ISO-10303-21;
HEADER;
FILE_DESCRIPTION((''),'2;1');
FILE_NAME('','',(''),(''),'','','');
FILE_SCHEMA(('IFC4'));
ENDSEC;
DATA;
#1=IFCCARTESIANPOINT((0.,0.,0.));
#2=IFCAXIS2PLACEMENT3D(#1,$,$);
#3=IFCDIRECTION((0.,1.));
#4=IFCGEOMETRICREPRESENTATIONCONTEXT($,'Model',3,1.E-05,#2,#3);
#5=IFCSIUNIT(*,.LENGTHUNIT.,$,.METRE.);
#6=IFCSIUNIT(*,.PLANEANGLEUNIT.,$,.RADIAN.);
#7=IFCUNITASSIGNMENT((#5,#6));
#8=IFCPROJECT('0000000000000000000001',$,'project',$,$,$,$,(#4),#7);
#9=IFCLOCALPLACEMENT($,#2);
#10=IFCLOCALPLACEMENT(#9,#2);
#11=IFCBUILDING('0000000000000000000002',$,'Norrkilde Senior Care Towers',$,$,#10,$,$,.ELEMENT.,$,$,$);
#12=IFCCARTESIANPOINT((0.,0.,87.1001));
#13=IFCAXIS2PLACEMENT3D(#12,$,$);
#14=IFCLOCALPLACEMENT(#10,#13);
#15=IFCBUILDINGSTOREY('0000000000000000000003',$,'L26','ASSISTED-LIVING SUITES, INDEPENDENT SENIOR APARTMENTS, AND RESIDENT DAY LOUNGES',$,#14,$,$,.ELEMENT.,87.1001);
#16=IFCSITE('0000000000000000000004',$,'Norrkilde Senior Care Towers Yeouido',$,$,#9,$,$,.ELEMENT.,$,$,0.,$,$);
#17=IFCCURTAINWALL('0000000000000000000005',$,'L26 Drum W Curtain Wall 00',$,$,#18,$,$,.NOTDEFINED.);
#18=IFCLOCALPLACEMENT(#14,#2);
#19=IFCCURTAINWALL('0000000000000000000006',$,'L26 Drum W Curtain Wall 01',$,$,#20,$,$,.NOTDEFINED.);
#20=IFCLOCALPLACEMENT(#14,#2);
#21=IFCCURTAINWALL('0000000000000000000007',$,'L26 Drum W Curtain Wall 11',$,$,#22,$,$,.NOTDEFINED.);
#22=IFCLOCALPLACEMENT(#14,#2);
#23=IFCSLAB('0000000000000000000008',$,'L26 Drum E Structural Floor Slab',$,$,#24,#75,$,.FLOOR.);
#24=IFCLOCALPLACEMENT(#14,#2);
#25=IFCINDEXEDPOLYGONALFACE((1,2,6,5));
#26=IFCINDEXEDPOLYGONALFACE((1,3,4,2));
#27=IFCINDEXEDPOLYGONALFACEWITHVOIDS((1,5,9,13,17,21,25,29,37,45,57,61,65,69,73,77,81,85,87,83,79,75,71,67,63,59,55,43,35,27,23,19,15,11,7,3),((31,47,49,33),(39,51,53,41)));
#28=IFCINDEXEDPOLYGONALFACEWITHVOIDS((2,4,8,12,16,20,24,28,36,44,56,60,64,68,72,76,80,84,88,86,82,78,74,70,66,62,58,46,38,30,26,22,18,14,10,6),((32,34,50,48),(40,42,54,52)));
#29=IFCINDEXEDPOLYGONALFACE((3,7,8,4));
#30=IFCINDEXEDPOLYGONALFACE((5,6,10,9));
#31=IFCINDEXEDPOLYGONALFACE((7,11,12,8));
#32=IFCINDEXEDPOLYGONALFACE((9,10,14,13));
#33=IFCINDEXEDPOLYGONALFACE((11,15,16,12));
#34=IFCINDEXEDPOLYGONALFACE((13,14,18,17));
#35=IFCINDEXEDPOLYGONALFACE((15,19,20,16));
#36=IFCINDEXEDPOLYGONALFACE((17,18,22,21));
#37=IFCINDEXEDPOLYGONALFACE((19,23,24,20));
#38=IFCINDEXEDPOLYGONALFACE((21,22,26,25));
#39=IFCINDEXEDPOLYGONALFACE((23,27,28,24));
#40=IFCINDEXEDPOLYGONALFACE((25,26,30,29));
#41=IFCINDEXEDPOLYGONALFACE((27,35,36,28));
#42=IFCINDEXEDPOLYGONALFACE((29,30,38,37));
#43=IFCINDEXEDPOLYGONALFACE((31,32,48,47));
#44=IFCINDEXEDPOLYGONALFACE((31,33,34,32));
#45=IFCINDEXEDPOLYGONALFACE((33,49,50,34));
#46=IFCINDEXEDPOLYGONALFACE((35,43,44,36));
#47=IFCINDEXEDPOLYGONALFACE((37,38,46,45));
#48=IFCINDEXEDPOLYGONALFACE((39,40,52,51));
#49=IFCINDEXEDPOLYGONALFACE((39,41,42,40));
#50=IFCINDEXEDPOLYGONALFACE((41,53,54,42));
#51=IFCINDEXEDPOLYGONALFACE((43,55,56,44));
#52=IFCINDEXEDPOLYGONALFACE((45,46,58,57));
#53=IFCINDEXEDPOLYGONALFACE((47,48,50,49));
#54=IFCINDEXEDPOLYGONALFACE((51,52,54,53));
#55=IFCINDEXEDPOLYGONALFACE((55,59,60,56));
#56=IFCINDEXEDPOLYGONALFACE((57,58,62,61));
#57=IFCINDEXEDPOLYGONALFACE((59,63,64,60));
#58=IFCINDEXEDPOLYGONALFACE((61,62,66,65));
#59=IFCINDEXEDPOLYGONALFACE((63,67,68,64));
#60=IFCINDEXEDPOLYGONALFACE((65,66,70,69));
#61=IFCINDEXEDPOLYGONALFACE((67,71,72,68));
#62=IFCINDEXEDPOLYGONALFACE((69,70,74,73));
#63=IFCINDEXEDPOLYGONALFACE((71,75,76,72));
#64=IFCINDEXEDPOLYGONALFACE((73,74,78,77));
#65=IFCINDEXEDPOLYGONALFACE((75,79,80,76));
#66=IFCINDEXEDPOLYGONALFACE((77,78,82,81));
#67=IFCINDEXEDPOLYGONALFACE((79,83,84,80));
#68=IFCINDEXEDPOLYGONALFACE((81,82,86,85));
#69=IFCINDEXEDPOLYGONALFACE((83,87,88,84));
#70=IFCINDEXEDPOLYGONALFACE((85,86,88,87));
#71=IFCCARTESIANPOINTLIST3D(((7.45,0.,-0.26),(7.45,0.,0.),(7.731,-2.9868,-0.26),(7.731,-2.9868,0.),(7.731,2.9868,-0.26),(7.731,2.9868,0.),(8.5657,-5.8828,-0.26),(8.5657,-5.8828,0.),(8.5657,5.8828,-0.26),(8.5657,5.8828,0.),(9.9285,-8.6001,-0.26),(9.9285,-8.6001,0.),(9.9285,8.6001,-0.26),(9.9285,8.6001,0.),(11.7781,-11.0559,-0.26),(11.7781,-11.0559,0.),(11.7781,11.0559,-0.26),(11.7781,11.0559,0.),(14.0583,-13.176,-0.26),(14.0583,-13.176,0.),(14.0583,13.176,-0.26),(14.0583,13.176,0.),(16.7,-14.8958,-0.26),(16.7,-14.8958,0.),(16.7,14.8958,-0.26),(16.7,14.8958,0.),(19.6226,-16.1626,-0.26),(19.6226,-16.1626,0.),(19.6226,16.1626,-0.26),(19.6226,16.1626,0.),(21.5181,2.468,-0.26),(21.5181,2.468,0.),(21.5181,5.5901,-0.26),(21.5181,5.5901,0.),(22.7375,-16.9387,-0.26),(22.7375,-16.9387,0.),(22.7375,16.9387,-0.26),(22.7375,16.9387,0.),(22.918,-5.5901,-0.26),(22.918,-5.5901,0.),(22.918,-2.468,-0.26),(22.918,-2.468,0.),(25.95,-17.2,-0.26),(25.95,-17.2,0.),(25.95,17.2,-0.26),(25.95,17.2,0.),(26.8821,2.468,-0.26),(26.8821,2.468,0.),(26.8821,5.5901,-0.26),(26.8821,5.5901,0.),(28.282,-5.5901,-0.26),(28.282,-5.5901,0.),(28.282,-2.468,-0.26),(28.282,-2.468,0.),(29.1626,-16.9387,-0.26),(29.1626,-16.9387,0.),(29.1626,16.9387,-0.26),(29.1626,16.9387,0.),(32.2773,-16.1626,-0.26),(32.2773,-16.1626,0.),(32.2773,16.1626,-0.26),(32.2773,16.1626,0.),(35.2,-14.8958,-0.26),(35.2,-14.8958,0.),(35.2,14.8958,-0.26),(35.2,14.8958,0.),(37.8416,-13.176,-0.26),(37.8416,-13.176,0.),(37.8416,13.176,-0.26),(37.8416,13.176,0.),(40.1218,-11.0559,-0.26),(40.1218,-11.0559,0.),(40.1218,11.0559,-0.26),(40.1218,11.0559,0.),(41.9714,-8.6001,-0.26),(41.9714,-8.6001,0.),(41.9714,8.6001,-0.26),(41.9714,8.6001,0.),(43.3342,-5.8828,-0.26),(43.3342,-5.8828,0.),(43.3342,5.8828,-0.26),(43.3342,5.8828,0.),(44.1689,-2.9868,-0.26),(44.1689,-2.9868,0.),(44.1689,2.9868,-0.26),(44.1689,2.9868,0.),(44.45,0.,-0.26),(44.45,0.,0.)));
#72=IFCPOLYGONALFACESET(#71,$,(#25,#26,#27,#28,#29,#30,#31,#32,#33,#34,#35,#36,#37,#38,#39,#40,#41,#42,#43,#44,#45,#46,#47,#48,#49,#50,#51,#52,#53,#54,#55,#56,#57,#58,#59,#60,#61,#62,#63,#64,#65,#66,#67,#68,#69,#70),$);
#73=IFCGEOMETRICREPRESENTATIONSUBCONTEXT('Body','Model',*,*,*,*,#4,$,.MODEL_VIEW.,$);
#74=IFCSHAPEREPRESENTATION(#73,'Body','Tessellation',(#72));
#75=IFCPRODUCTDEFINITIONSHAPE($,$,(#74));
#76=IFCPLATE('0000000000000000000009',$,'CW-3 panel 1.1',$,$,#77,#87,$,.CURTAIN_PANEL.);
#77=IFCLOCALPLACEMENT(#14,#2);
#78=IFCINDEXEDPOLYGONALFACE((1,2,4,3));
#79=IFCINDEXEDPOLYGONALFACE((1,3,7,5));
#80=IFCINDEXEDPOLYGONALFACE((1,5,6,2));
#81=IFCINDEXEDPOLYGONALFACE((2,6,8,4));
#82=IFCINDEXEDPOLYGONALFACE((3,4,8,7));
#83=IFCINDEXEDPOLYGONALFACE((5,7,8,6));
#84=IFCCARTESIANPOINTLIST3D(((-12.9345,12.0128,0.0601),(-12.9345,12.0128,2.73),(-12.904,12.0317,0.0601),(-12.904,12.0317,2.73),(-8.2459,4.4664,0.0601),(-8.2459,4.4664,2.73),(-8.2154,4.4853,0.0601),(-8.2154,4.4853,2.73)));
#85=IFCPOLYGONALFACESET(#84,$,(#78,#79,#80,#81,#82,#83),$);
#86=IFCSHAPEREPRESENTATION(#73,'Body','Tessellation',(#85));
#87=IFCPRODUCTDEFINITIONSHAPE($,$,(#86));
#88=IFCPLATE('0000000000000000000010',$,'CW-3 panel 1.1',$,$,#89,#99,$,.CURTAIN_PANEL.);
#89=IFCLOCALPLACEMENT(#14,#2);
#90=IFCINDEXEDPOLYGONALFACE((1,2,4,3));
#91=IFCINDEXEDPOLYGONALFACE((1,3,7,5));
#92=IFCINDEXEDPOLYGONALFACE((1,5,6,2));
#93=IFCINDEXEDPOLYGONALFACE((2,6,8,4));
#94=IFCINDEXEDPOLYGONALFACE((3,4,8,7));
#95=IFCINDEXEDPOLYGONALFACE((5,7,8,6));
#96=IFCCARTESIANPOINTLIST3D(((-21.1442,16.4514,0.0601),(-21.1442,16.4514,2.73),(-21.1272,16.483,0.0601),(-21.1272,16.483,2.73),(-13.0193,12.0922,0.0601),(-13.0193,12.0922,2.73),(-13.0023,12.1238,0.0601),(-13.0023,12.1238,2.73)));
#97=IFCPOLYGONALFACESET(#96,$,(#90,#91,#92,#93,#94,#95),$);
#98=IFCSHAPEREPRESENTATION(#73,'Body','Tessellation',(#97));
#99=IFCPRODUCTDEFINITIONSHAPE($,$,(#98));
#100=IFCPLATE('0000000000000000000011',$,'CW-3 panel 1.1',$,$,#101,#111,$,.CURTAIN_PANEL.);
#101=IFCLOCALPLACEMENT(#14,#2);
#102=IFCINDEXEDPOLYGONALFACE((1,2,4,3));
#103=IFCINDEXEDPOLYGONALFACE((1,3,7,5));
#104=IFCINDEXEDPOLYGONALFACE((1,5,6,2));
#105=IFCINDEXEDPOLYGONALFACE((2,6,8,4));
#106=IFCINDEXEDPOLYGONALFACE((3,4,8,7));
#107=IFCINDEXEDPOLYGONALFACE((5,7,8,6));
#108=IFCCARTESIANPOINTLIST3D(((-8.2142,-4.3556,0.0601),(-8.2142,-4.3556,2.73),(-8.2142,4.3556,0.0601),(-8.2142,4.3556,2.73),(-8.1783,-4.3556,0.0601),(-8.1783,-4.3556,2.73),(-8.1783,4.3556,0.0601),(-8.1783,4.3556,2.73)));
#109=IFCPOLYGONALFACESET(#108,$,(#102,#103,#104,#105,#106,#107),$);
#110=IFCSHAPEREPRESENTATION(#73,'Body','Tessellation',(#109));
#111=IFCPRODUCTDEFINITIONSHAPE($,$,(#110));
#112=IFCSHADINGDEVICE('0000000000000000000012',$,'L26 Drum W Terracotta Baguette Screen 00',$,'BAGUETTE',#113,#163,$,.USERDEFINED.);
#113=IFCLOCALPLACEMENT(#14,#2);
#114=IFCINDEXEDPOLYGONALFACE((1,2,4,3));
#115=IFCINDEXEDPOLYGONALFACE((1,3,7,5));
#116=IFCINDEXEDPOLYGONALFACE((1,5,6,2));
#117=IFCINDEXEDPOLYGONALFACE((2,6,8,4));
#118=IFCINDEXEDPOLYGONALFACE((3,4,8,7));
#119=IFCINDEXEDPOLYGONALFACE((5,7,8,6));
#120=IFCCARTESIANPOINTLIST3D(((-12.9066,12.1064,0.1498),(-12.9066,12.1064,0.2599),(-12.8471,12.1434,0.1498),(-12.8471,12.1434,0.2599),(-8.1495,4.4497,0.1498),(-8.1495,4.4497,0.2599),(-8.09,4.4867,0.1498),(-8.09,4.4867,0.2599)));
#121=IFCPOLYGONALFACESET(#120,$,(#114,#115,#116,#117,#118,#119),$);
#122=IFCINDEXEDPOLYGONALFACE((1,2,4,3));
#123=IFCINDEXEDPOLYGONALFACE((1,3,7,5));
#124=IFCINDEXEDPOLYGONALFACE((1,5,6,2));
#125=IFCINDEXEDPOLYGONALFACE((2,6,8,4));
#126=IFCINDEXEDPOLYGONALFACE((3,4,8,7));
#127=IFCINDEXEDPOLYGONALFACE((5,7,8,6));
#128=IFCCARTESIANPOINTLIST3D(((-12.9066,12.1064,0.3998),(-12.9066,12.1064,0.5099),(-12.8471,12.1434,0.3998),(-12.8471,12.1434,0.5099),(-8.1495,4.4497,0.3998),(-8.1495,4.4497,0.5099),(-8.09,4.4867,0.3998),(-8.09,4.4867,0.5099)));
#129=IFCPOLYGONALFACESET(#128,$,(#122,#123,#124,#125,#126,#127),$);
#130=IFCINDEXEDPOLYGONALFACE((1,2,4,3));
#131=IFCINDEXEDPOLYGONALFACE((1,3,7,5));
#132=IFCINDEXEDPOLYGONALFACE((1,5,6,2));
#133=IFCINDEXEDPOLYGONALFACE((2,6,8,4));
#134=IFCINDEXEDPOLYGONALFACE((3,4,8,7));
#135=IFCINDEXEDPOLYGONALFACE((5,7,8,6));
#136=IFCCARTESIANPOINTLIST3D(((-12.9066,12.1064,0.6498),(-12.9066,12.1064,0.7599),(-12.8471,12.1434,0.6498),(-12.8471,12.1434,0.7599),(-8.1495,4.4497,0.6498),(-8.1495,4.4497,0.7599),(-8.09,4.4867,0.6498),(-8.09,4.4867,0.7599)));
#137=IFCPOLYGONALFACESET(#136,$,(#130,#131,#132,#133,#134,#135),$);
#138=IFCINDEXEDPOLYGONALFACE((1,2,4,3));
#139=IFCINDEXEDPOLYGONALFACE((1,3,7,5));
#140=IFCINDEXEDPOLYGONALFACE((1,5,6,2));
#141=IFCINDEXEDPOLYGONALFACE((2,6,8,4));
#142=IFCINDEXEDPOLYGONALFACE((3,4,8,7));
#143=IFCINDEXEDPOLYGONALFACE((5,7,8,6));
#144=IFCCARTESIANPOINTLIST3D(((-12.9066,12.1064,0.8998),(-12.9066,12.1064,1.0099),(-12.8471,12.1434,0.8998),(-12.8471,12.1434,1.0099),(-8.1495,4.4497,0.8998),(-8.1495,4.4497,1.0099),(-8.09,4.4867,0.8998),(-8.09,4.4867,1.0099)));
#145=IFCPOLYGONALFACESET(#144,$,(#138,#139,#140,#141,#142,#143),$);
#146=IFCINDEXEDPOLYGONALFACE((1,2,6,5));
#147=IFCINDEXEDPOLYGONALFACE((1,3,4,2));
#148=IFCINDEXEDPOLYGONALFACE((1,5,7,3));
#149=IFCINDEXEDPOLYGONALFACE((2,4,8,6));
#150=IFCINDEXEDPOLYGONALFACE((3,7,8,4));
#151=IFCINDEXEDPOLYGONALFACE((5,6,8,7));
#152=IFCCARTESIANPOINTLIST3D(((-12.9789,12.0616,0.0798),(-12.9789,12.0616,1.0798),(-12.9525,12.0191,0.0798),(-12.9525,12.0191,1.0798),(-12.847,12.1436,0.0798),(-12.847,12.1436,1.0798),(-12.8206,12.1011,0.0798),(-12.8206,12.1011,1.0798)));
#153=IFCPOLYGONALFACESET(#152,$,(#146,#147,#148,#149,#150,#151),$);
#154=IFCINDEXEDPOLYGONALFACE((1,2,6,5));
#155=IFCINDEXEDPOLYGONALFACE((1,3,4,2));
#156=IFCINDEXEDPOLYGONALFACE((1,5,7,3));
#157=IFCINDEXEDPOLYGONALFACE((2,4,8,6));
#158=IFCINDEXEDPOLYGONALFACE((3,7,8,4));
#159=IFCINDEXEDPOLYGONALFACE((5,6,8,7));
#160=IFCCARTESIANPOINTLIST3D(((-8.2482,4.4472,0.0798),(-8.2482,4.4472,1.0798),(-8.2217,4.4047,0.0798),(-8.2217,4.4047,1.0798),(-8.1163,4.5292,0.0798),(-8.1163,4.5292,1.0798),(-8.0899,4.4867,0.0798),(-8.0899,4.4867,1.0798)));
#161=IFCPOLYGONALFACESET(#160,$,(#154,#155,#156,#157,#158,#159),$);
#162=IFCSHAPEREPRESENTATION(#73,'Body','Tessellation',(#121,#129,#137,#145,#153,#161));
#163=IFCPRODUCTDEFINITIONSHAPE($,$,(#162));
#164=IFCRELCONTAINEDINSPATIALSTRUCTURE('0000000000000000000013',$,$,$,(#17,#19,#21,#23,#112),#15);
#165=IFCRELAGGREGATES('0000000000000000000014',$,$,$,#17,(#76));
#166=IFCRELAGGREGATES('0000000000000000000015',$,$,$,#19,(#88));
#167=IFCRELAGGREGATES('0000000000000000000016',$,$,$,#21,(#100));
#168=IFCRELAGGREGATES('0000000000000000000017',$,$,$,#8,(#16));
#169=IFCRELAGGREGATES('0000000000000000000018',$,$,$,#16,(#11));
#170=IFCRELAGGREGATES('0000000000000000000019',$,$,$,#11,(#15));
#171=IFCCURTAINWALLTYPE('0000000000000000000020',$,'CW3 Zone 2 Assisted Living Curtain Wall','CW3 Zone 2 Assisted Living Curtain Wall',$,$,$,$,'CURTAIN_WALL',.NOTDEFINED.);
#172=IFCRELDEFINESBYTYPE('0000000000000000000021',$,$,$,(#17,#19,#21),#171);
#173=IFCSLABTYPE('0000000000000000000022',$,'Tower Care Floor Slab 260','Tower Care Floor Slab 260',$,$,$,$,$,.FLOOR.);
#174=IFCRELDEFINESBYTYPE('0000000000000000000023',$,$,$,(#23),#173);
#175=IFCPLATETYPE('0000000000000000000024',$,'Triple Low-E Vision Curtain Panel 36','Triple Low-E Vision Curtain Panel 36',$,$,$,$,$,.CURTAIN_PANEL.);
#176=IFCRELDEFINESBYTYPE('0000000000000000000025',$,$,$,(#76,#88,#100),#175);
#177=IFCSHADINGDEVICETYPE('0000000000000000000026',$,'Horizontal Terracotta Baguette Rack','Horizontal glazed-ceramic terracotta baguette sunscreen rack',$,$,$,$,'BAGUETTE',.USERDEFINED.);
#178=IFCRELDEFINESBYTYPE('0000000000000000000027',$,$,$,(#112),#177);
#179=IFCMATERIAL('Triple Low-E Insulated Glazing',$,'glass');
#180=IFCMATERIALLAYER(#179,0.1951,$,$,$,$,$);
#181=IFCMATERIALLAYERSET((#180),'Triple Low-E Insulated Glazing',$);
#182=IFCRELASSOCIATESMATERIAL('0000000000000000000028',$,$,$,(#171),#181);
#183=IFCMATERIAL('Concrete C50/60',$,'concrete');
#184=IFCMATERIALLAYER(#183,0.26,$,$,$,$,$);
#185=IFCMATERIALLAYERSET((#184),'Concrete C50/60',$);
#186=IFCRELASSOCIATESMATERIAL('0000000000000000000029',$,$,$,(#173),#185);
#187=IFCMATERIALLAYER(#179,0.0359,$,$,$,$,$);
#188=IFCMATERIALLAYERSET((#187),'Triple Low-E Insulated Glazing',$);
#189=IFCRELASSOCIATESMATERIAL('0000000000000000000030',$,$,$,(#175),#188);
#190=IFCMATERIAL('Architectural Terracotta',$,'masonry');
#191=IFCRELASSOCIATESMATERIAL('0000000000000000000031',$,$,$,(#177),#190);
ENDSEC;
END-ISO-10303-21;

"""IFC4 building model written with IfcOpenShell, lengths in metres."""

from ifc_helpers import new_model, si_unit, direction, frame, origin, origin_2d, place, context, subcontext, project, spatial, polyline, rectangle, outline, extrude, source, transform, mapped, material, layer, layer_set, type_object, type_shapes, element, aggregate, save


model = new_model("IFC4")

# Units and contexts
model_context = context("Model", 3, precision=1e-05, world=origin(), true_north=direction((0.0, 1.0)))
body_context = subcontext(model_context, "Body", "Model", "MODEL_VIEW")
ifc_project = project(units=[si_unit("LENGTHUNIT", "METRE"), si_unit("PLANEANGLEUNIT", "RADIAN")], contexts=[model_context])

# Site, building, storey
site_placement = place(None, origin())
site = spatial("IfcSite", under=ifc_project, at=site_placement, Name="Norrkilde Senior Care Towers Yeouido", CompositionType="ELEMENT", RefElevation=0.0)
building_placement = place(site_placement, origin())
building = spatial("IfcBuilding", under=site, at=building_placement, Name="Norrkilde Senior Care Towers", CompositionType="ELEMENT")
storey_placement = place(building_placement, frame((0.0, 0.0, 87.1001)))
storey = spatial("IfcBuildingStorey", under=building, at=storey_placement, Name="L26", Description="ASSISTED-LIVING SUITES, INDEPENDENT SENIOR APARTMENTS, AND RESIDENT DAY LOUNGES", CompositionType="ELEMENT", Elevation=87.1001)

# Curtain wall
ifc_material_1 = material(Name="Triple Low-E Insulated Glazing", Category="glass")
ifc_layer_1 = layer(ifc_material_1, 0.1951)
ifc_layer_set_1 = layer_set([ifc_layer_1], Name="Triple Low-E Insulated Glazing")
curtain_wall_type = type_object("IfcCurtainWallType", Name="CW3 Zone 2 Assisted Living Curtain Wall", Description="CW3 Zone 2 Assisted Living Curtain Wall", ElementType="CURTAIN_WALL", PredefinedType="NOTDEFINED", material=ifc_layer_set_1)
curtain_wall_1_placement = place(storey_placement, origin())
curtain_wall_1 = element("IfcCurtainWall", 1, at=curtain_wall_1_placement, inside=storey, type_object=curtain_wall_type, Name="L26 Drum W Curtain Wall 00", PredefinedType="NOTDEFINED")

# Curtain walls
curtain_wall_2_placement = place(storey_placement, origin())
curtain_wall_2 = element("IfcCurtainWall", 2, at=curtain_wall_2_placement, inside=storey, type_object=curtain_wall_type, Name="L26 Drum W Curtain Wall 01", PredefinedType="NOTDEFINED")
curtain_wall_3_placement = place(storey_placement, origin())
curtain_wall_3 = element("IfcCurtainWall", 3, at=curtain_wall_3_placement, inside=storey, type_object=curtain_wall_type, Name="L26 Drum W Curtain Wall 11", PredefinedType="NOTDEFINED")

# Shared definitions
ifc_material_2 = material(Name="Concrete C50/60", Category="concrete")

# Slab
ifc_layer_2 = layer(ifc_material_2, 0.26)
ifc_layer_set_2 = layer_set([ifc_layer_2], Name="Concrete C50/60")
slab_type_1 = type_object("IfcSlabType", Name="Tower Care Floor Slab 260", Description="Tower Care Floor Slab 260", PredefinedType="FLOOR", material=ifc_layer_set_2)
slab_1_placement = place(storey_placement, frame((0.0, 0.0, -0.26)))
element("IfcSlab", 4, at=slab_1_placement, inside=storey, type_object=slab_type_1, Name="L26 Drum E Structural Floor Slab", PredefinedType="FLOOR", context=body_context, shape_type="SweptSolid", body=[
    extrude(outline(polyline([(43.3342, -5.8828), (41.9714, -8.6001), (40.1218, -11.0559), (37.8416, -13.176), (35.2, -14.8958), (32.2773, -16.1626), (29.1626, -16.9387), (25.95, -17.2), (22.7375, -16.9387), (19.6226, -16.1626), (16.7, -14.8958), (14.0583, -13.176), (11.7781, -11.0559), (9.9285, -8.6001), (8.5657, -5.8828), (7.731, -2.9868), (7.45, 0.0), (7.731, 2.9868), (8.5657, 5.8828), (9.9285, 8.6001), (11.7781, 11.0559), (14.0583, 13.176), (16.7, 14.8958), (19.6226, 16.1626), (22.7375, 16.9387), (25.95, 17.2), (29.1626, 16.9387), (32.2773, 16.1626), (35.2, 14.8958), (37.8416, 13.176), (40.1218, 11.0559), (41.9714, 8.6001), (43.3342, 5.8828), (44.1689, 2.9868), (44.45, 0.0), (44.1689, -2.9868), (43.3342, -5.8828)]), holes=[polyline([(21.5181, 2.468), (26.8821, 2.468), (26.8821, 5.5901), (21.5181, 5.5901), (21.5181, 2.468)]), polyline([(28.282, -5.5901), (28.282, -2.468), (22.918, -2.468), (22.918, -5.5901), (28.282, -5.5901)])]), origin(), (0.0, 0.0, 1.0), 0.26),
])

# Plates
ifc_layer_3 = layer(ifc_material_1, 0.0359)
ifc_layer_set_3 = layer_set([ifc_layer_3], Name="Triple Low-E Insulated Glazing")
plate_type = type_object("IfcPlateType", Name="Triple Low-E Vision Curtain Panel 36", Description="Triple Low-E Vision Curtain Panel 36", PredefinedType="CURTAIN_PANEL", material=ifc_layer_set_3)
shared_shape_1 = source(origin(), body_context, "Body", "SweptSolid", [
    extrude(rectangle(XDim=8.8843, YDim=0.0359, at=origin_2d()), origin(), (0.0, 0.0, 1.0), 2.6699),
])
plate_1_placement = place(storey_placement, frame((-10.575, 8.249, 0.0601), z_axis=(0.0, 0.0, 1.0), x_axis=(0.527733, -0.84941, 0.0)))
plate_1 = element("IfcPlate", 5, at=plate_1_placement, type_object=plate_type, Name="CW-3 panel 1.1", PredefinedType="CURTAIN_PANEL", context=body_context, shape_type="MappedRepresentation", body=[
    mapped(shared_shape_1, transform((0.0, 0.0, 0.0), x_axis=(1.0, 0.0, 0.0), y_axis=(0.0, 1.0, 0.0), z_axis=(0.0, 0.0, 1.0), scale=1.0)),
])
aggregate(curtain_wall_1, [plate_1])
shared_shape_2 = source(origin(), body_context, "Body", "SweptSolid", [
    extrude(rectangle(XDim=9.2205, YDim=0.0359, at=origin_2d()), origin(), (0.0, 0.0, 1.0), 2.6699),
])
plate_2_placement = place(storey_placement, frame((-17.0732, 14.2876, 0.0601), z_axis=(0.0, 0.0, 1.0), x_axis=(0.881186, -0.472769, 0.0)))
plate_2 = element("IfcPlate", 6, at=plate_2_placement, type_object=plate_type, Name="CW-3 panel 1.1", PredefinedType="CURTAIN_PANEL", context=body_context, shape_type="MappedRepresentation", body=[
    mapped(shared_shape_2, transform((0.0, 0.0, 0.0), x_axis=(1.0, 0.0, 0.0), y_axis=(0.0, 1.0, 0.0), z_axis=(0.0, 0.0, 1.0), scale=1.0)),
])
aggregate(curtain_wall_2, [plate_2])
shared_shape_3 = source(origin(), body_context, "Body", "SweptSolid", [
    extrude(rectangle(XDim=8.7112, YDim=0.0359, at=origin_2d()), origin(), (0.0, 0.0, 1.0), 2.6699),
])
type_shapes(plate_type, [shared_shape_1, shared_shape_2, shared_shape_3])
plate_3_placement = place(storey_placement, frame((-8.1963, 0.0, 0.0601), z_axis=(0.0, 0.0, 1.0), x_axis=(0.0, -1.0, 0.0)))
plate_3 = element("IfcPlate", 7, at=plate_3_placement, type_object=plate_type, Name="CW-3 panel 1.1", PredefinedType="CURTAIN_PANEL", context=body_context, shape_type="MappedRepresentation", body=[
    mapped(shared_shape_3, transform((0.0, 0.0, 0.0), x_axis=(1.0, 0.0, 0.0), y_axis=(0.0, 1.0, 0.0), z_axis=(0.0, 0.0, 1.0), scale=1.0)),
])
aggregate(curtain_wall_3, [plate_3])

# Shading device
ifc_material_3 = material(Name="Architectural Terracotta", Category="masonry")
shading_device_type = type_object("IfcShadingDeviceType", Name="Horizontal Terracotta Baguette Rack", Description="Horizontal glazed-ceramic terracotta baguette sunscreen rack", ElementType="BAGUETTE", PredefinedType="USERDEFINED", material=ifc_material_3)
shared_shape_4 = source(origin(), body_context, "Body", "SweptSolid", [
    extrude(rectangle(XDim=0.0701, YDim=0.1101, at=origin_2d()), frame((0.0, 0.0901, 0.125), z_axis=(1.0, 0.0, 0.0), x_axis=(0.0, 1.0, 0.0)), (0.0, 0.0, 1.0), 9.0142),
    extrude(rectangle(XDim=0.0701, YDim=0.1101, at=origin_2d()), frame((0.0, 0.0901, 0.375), z_axis=(1.0, 0.0, 0.0), x_axis=(0.0, 1.0, 0.0)), (0.0, 0.0, 1.0), 9.0142),
    extrude(rectangle(XDim=0.0701, YDim=0.1101, at=origin_2d()), frame((0.0, 0.0901, 0.625), z_axis=(1.0, 0.0, 0.0), x_axis=(0.0, 1.0, 0.0)), (0.0, 0.0, 1.0), 9.0142),
    extrude(rectangle(XDim=0.0701, YDim=0.1101, at=origin_2d()), frame((0.0, 0.0901, 0.875), z_axis=(1.0, 0.0, 0.0), x_axis=(0.0, 1.0, 0.0)), (0.0, 0.0, 1.0), 9.0142),
    extrude(rectangle(XDim=0.05, YDim=0.1553, at=origin_2d()), frame((0.0249, 0.0476, 0.0)), (0.0, 0.0, 1.0), 1.0),
    extrude(rectangle(XDim=0.05, YDim=0.1553, at=origin_2d()), frame((8.9893, 0.0476, 0.0)), (0.0, 0.0, 1.0), 1.0),
])
type_shapes(shading_device_type, [shared_shape_4])
shading_device_placement = place(storey_placement, frame((-12.9534, 12.0774, 0.0798), z_axis=(0.0, 0.0, 1.0), x_axis=(0.527734, -0.849412, 0.0)))
element("IfcShadingDevice", 8, at=shading_device_placement, inside=storey, type_object=shading_device_type, Name="L26 Drum W Terracotta Baguette Screen 00", ObjectType="BAGUETTE", PredefinedType="USERDEFINED", context=body_context, shape_type="MappedRepresentation", body=[
    mapped(shared_shape_4, transform((0.0, 0.0, 0.0), x_axis=(1.0, 0.0, 0.0), y_axis=(0.0, 1.0, 0.0), z_axis=(0.0, 0.0, 1.0), scale=1.0)),
])

save(model, "model.ifc")
